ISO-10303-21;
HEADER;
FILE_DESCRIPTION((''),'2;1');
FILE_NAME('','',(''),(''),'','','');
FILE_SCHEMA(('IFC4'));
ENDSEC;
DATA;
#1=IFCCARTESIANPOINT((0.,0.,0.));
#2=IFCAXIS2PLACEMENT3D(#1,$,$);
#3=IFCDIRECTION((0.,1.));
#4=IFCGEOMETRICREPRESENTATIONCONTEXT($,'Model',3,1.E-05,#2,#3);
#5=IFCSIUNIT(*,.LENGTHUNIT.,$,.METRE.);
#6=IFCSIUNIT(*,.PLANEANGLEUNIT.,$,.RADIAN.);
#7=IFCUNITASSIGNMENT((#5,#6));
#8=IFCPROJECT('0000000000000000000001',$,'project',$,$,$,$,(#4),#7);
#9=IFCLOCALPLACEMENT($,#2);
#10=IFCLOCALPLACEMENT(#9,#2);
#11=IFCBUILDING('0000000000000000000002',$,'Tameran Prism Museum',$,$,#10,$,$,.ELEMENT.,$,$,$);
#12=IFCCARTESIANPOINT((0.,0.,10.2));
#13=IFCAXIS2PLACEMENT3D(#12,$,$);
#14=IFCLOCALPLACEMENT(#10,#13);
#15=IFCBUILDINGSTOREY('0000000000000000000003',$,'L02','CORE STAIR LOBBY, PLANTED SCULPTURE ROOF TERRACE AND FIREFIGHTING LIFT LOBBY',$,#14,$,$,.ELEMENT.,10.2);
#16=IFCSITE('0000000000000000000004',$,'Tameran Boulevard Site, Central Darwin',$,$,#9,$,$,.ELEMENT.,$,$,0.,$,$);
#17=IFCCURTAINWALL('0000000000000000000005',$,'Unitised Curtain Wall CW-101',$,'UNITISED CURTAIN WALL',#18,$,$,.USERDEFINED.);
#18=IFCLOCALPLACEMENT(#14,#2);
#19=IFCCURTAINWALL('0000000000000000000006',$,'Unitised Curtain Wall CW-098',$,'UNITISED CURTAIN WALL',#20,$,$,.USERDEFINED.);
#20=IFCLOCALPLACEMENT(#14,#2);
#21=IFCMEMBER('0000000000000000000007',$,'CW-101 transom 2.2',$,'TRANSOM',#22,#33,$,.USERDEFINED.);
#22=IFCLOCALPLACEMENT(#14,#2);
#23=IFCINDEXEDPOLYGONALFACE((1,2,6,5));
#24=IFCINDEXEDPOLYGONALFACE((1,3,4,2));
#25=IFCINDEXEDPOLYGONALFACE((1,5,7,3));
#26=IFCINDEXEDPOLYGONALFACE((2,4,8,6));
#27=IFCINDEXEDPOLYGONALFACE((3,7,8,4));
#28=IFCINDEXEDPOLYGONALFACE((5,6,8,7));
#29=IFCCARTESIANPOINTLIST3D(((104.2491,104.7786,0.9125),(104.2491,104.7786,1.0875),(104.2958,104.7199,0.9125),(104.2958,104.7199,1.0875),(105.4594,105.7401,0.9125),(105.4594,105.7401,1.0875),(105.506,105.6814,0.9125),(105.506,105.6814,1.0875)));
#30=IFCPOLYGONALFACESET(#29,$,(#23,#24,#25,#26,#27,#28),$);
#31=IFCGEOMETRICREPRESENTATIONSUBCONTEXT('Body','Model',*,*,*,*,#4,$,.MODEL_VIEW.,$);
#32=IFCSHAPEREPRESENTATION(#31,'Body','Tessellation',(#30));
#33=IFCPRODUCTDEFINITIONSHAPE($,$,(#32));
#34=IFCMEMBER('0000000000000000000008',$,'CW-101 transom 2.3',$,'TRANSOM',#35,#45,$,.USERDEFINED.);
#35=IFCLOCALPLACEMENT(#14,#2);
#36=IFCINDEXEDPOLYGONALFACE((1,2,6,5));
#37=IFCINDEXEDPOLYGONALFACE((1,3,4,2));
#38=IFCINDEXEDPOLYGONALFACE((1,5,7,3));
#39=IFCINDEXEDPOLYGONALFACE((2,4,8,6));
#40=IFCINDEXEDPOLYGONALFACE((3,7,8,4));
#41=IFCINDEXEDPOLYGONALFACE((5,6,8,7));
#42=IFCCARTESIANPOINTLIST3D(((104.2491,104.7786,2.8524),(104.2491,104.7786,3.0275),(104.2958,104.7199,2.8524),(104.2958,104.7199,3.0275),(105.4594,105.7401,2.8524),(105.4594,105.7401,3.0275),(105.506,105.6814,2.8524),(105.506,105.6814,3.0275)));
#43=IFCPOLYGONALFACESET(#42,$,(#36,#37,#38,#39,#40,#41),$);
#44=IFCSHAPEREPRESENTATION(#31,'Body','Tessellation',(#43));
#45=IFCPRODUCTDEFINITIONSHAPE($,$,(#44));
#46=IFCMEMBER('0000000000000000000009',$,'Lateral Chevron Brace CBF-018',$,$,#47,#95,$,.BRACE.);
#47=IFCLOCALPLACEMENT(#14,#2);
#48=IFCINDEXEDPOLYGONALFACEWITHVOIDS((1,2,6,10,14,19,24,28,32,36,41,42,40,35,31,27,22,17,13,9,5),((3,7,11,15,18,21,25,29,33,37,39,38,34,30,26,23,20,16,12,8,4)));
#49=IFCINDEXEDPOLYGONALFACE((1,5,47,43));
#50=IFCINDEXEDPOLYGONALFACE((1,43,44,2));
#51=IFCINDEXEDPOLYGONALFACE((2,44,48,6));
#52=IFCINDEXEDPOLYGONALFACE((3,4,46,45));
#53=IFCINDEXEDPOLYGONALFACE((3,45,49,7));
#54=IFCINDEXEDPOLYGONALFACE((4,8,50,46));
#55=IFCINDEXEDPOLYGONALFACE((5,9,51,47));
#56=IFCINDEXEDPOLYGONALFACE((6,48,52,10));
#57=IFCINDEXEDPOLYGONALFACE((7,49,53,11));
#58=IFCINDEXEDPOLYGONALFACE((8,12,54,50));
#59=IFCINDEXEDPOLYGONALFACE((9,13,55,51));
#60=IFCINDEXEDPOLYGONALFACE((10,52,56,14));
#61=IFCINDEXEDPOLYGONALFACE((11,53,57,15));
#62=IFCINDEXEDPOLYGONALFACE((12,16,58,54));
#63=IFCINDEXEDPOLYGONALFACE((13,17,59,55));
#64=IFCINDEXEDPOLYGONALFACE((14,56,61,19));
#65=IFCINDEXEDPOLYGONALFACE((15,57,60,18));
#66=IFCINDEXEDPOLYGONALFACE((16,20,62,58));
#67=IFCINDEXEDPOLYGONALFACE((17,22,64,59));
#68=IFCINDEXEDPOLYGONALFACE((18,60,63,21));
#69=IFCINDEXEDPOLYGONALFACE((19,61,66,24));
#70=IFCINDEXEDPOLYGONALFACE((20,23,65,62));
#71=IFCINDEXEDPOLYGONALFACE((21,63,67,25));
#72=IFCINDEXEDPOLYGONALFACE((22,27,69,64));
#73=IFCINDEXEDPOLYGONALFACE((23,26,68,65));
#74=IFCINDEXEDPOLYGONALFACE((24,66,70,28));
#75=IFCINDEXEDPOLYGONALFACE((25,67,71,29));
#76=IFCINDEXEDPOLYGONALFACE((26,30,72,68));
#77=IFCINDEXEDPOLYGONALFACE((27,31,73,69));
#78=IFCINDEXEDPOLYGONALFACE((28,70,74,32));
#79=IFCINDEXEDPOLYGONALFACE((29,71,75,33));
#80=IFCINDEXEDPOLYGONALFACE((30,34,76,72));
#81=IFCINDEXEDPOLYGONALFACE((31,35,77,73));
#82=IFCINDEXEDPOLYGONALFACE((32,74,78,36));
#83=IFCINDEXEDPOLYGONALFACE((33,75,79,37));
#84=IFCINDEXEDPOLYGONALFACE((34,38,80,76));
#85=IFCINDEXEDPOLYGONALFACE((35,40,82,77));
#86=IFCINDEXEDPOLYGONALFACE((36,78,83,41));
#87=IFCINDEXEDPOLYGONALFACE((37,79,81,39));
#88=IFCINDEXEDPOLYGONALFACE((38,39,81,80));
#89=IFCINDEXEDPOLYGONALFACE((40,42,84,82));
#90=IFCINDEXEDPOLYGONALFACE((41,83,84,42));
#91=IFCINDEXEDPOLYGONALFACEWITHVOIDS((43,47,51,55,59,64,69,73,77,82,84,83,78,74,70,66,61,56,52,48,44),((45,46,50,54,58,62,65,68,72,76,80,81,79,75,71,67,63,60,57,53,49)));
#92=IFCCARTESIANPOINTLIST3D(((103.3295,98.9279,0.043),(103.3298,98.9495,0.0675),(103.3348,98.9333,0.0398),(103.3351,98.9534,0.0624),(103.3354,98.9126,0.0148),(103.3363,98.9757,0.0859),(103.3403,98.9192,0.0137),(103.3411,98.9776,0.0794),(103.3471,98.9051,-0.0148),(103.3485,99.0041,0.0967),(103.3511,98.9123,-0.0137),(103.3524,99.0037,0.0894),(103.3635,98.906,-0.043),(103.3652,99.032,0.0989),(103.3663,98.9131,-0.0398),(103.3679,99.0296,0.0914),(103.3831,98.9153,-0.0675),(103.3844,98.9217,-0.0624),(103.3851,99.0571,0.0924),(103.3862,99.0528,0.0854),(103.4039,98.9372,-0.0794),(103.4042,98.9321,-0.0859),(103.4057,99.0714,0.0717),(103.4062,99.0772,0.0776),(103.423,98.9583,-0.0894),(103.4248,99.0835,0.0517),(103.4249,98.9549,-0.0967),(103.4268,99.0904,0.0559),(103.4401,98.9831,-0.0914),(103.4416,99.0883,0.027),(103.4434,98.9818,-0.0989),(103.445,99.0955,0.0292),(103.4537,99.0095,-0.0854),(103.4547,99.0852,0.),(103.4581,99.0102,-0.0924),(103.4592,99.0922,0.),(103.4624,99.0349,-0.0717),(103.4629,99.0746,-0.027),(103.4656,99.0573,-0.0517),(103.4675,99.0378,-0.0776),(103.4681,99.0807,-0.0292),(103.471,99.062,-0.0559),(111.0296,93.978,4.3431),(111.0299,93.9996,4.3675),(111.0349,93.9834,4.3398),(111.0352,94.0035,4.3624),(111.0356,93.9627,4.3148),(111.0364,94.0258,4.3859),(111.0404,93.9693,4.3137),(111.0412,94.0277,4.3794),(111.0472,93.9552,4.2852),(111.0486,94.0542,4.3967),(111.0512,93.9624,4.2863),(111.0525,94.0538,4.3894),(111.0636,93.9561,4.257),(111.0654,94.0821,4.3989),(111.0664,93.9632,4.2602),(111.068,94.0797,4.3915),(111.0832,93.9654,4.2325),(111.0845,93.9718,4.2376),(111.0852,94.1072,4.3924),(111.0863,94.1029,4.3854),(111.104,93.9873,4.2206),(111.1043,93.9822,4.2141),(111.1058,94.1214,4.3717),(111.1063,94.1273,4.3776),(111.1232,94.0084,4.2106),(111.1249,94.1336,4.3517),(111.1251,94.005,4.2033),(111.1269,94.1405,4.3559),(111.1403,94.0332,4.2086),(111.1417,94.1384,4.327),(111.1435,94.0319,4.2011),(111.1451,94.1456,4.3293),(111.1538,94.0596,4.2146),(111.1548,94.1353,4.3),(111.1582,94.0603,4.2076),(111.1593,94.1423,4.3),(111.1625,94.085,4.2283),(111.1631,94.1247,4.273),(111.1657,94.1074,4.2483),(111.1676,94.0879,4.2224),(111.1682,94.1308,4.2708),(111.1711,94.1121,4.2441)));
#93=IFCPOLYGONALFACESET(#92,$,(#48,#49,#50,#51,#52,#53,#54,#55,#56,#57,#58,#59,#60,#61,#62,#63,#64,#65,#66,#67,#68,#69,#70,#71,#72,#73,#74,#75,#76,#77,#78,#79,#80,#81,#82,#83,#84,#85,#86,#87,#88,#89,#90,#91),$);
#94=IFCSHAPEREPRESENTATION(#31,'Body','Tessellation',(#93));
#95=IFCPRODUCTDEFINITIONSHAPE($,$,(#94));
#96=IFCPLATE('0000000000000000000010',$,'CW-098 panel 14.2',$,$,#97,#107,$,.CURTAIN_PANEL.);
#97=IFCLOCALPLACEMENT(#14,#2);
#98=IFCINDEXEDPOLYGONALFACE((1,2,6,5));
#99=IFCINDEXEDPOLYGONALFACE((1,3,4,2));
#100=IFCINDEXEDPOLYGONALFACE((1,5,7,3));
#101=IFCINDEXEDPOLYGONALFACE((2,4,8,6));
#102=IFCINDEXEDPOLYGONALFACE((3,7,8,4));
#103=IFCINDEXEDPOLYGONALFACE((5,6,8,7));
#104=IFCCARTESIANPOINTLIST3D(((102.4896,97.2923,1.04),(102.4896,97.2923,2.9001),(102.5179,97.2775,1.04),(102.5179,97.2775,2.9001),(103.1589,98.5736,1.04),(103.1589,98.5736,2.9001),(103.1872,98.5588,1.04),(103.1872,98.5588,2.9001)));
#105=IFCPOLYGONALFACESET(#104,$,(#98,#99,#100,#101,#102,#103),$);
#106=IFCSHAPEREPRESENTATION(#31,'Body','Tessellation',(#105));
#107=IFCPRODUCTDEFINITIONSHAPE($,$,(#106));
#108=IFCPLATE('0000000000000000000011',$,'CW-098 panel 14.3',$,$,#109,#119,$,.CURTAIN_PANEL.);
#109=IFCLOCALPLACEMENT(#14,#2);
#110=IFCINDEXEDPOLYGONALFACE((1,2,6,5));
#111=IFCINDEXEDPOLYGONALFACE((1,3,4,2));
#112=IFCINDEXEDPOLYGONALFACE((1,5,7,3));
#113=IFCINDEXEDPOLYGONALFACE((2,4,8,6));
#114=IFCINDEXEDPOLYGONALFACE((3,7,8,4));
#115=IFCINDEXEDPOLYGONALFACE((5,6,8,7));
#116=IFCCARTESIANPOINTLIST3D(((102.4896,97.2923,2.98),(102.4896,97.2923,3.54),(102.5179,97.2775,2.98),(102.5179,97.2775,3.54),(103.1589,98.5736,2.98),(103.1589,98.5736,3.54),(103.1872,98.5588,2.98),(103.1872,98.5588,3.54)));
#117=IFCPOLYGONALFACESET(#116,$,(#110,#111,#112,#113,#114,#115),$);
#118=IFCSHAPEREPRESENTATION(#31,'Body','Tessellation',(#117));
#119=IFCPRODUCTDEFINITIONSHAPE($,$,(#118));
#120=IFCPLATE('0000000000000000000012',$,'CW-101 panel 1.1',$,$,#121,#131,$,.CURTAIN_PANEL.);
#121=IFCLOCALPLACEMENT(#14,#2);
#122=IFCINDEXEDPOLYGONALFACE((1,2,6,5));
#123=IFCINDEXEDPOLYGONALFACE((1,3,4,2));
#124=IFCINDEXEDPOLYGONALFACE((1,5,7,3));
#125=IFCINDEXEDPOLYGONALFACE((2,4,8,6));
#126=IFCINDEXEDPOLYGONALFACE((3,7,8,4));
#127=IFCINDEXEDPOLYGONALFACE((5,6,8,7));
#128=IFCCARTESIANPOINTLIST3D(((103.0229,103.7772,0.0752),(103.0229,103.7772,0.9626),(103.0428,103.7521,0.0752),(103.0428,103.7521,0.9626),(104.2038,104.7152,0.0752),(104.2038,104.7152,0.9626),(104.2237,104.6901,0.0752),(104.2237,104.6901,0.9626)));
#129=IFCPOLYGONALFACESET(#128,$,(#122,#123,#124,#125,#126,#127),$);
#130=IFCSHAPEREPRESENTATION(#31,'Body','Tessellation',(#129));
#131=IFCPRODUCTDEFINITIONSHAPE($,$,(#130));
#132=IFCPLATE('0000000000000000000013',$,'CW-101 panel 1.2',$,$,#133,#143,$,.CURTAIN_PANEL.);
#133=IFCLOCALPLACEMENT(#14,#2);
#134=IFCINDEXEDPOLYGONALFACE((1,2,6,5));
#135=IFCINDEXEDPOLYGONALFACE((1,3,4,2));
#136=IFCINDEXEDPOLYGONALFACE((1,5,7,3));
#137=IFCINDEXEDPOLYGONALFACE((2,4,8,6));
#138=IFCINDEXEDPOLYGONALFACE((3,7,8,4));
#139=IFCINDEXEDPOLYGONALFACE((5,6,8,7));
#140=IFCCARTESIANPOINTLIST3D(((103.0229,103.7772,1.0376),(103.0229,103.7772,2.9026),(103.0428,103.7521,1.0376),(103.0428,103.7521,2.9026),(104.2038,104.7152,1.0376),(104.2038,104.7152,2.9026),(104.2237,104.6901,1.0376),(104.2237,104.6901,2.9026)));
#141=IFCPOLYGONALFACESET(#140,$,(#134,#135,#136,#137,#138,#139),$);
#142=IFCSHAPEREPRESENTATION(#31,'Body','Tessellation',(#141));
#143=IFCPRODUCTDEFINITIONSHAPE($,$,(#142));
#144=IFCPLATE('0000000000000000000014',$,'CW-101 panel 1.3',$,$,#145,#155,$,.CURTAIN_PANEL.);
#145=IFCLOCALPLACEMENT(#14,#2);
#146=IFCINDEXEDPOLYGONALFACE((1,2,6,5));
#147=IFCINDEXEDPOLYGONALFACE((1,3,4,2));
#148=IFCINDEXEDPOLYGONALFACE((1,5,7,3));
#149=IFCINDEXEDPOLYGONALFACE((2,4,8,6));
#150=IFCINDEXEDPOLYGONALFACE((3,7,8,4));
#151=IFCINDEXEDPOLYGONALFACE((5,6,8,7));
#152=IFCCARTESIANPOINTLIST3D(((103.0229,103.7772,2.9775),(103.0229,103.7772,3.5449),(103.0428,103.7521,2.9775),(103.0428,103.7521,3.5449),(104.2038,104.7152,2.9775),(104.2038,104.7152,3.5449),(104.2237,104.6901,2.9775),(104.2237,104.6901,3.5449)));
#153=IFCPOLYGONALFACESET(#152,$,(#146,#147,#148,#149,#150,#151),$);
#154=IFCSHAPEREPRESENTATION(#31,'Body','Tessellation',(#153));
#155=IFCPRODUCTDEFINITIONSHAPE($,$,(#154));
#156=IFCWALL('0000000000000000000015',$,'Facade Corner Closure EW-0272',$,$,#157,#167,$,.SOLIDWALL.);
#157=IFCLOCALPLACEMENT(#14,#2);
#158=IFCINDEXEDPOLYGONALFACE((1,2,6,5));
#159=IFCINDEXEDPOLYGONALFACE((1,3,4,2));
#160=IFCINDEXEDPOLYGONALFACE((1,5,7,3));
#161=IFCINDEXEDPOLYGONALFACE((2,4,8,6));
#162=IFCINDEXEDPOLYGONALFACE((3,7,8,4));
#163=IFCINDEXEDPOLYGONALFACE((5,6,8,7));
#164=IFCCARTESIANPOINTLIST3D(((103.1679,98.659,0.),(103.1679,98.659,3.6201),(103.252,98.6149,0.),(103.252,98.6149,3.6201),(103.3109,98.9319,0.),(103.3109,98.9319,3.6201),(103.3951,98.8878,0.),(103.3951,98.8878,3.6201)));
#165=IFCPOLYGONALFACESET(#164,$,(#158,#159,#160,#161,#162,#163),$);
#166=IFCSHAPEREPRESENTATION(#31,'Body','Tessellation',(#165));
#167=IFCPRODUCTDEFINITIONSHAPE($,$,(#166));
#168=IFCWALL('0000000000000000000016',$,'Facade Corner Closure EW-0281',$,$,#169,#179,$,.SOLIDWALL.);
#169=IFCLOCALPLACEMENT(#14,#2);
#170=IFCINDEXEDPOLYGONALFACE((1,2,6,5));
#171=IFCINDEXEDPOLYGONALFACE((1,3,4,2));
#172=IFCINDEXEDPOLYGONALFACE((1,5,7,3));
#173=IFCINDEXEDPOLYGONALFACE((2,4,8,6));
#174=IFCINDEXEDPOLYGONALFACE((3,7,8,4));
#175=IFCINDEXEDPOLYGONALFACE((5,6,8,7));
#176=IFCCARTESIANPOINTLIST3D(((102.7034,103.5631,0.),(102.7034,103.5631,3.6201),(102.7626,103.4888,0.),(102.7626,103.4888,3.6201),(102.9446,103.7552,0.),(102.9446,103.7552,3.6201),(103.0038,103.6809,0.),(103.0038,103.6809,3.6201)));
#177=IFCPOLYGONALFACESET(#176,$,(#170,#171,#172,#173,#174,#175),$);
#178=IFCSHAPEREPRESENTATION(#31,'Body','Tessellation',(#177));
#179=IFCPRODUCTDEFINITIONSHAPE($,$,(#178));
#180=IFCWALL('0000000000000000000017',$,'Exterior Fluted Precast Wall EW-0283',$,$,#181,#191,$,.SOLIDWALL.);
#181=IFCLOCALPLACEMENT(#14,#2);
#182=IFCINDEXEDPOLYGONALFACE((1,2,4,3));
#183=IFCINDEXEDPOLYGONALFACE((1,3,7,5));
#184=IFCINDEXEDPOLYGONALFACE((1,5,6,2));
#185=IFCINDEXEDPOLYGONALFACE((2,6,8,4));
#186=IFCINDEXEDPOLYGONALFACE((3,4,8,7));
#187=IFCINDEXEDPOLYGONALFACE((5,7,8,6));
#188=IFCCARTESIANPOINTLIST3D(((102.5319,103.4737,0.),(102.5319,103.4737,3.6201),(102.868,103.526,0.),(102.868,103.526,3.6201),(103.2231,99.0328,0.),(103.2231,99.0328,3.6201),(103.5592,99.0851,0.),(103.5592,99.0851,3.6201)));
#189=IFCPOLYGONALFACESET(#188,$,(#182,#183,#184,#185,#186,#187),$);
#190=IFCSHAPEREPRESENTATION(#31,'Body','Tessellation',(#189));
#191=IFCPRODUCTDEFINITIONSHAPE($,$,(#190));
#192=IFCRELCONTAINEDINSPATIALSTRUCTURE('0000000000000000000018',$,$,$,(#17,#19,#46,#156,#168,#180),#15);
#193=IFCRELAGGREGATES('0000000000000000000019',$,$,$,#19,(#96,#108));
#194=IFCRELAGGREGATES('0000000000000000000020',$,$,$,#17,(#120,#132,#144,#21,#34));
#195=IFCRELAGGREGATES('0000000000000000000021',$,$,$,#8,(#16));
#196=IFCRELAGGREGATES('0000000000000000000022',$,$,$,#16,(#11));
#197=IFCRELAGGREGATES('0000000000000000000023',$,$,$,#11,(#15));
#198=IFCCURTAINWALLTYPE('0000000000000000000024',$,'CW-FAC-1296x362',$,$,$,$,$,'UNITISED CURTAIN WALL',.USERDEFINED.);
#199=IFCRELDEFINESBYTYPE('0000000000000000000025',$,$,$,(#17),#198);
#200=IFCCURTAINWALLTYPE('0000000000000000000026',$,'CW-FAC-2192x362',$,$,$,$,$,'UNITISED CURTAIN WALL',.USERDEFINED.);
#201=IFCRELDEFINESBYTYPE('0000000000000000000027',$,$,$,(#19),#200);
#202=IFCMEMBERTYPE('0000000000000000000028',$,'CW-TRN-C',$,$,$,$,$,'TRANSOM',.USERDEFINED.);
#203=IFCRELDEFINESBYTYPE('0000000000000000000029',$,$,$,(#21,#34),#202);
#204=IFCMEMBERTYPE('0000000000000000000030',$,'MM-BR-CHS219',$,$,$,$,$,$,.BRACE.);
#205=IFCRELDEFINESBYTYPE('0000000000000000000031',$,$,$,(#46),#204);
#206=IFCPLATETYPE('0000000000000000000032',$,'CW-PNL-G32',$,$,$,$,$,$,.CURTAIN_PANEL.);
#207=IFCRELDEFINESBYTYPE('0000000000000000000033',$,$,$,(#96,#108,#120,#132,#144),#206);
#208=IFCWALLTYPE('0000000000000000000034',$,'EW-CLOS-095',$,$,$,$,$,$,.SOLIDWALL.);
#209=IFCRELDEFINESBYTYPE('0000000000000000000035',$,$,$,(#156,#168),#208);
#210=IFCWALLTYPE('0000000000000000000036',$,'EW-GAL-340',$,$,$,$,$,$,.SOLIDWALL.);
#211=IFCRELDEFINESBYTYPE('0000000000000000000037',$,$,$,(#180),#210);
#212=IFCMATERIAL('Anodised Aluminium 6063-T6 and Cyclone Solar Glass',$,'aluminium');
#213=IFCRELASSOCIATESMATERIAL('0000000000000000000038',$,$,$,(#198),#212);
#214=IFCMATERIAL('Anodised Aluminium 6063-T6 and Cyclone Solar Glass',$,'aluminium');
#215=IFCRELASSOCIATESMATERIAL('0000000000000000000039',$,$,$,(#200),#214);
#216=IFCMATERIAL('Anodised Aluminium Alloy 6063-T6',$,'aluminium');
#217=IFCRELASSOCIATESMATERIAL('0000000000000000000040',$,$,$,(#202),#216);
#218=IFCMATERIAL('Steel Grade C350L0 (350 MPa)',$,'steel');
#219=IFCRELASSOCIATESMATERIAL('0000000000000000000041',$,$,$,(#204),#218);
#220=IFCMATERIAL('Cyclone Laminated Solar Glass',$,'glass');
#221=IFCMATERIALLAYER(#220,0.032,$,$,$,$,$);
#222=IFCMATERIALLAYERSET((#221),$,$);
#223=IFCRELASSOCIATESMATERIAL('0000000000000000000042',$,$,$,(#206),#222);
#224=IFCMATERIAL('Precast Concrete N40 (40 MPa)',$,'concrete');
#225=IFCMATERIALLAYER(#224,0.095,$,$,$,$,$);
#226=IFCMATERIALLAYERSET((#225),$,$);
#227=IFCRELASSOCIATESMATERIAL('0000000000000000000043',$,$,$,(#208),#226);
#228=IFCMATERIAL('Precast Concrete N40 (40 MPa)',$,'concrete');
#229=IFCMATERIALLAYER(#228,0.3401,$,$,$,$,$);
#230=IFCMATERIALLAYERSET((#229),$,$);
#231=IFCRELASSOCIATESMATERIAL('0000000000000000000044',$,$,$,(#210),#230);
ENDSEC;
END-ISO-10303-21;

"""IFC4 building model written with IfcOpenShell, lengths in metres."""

from ifc_helpers import new_model, si_unit, direction, frame, frame_2d, origin, origin_2d, place, context, subcontext, project, spatial, rectangle, hollow_circle, extrude, material, layer, layer_set, material_profile, profile_set, type_object, element, aggregate, save


model = new_model("IFC4")

# Units and contexts
model_context = context("Model", 3, precision=1e-05, world=origin(), true_north=direction((0.0, 1.0)))
body_context = subcontext(model_context, "Body", "Model", "MODEL_VIEW")
ifc_project = project(units=[si_unit("LENGTHUNIT", "METRE"), si_unit("PLANEANGLEUNIT", "RADIAN")], contexts=[model_context])

# Site, building, storey
site_placement = place(None, origin())
site = spatial("IfcSite", under=ifc_project, at=site_placement, Name="Tameran Boulevard Site, Central Darwin", CompositionType="ELEMENT", RefElevation=0.0)
building_placement = place(site_placement, origin())
building = spatial("IfcBuilding", under=site, at=building_placement, Name="Tameran Prism Museum", CompositionType="ELEMENT")
storey_placement = place(building_placement, frame((0.0, 0.0, 10.2)))
storey = spatial("IfcBuildingStorey", under=building, at=storey_placement, Name="L02", Description="CORE STAIR LOBBY, PLANTED SCULPTURE ROOF TERRACE AND FIREFIGHTING LIFT LOBBY", CompositionType="ELEMENT", Elevation=10.2)

# Curtain wall
ifc_material_1 = material(Name="Anodised Aluminium 6063-T6 and Cyclone Solar Glass", Category="aluminium")
curtain_wall_type_1 = type_object("IfcCurtainWallType", Name="CW-FAC-1296x362", ElementType="UNITISED CURTAIN WALL", PredefinedType="USERDEFINED", material=ifc_material_1)
curtain_wall_1_placement = place(storey_placement, origin())
curtain_wall_1 = element("IfcCurtainWall", 1, at=curtain_wall_1_placement, inside=storey, type_object=curtain_wall_type_1, Name="Unitised Curtain Wall CW-101", ObjectType="UNITISED CURTAIN WALL", PredefinedType="USERDEFINED")

# Curtain wall
ifc_material_2 = material(Name="Anodised Aluminium 6063-T6 and Cyclone Solar Glass", Category="aluminium")
curtain_wall_type_2 = type_object("IfcCurtainWallType", Name="CW-FAC-2192x362", ElementType="UNITISED CURTAIN WALL", PredefinedType="USERDEFINED", material=ifc_material_2)
curtain_wall_2_placement = place(storey_placement, origin())
curtain_wall_2 = element("IfcCurtainWall", 2, at=curtain_wall_2_placement, inside=storey, type_object=curtain_wall_type_2, Name="Unitised Curtain Wall CW-098", ObjectType="UNITISED CURTAIN WALL", PredefinedType="USERDEFINED")

# Members
ifc_material_3 = material(Name="Anodised Aluminium Alloy 6063-T6", Category="aluminium")
ifc_material_profile_1 = material_profile(ifc_material_3, rectangle(XDim=0.075, YDim=0.175, at=origin_2d()))
ifc_profile_set_1 = profile_set([ifc_material_profile_1])
member_type_1 = type_object("IfcMemberType", Name="CW-TRN-C", ElementType="TRANSOM", PredefinedType="USERDEFINED", material=ifc_profile_set_1)
member_1_placement = place(storey_placement, frame((104.2725, 104.7493, 1.0), z_axis=(0.782991, 0.622033, 0.0), x_axis=(-0.622033, 0.782991, 0.0)))
member_1 = element("IfcMember", 3, at=member_1_placement, type_object=member_type_1, Name="CW-101 transom 2.2", ObjectType="TRANSOM", PredefinedType="USERDEFINED", context=body_context, shape_type="SweptSolid", body=[
    extrude(rectangle(XDim=0.075, YDim=0.175, at=origin_2d()), origin(), (0.0, 0.0, 1.0), 1.5457),
])
member_2_placement = place(storey_placement, frame((104.2725, 104.7493, 2.9399), z_axis=(0.782991, 0.622033, 0.0), x_axis=(-0.622033, 0.782991, 0.0)))
member_2 = element("IfcMember", 4, at=member_2_placement, type_object=member_type_1, Name="CW-101 transom 2.3", ObjectType="TRANSOM", PredefinedType="USERDEFINED", context=body_context, shape_type="SweptSolid", body=[
    extrude(rectangle(XDim=0.075, YDim=0.175, at=origin_2d()), origin(), (0.0, 0.0, 1.0), 1.5457),
])
ifc_material_4 = material(Name="Steel Grade C350L0 (350 MPa)", Category="steel")
ifc_material_profile_2 = material_profile(ifc_material_4, hollow_circle(Radius=0.1096, WallThickness=0.0083, at=origin_2d()))
ifc_profile_set_2 = profile_set([ifc_material_profile_2])
member_type_2 = type_object("IfcMemberType", Name="MM-BR-CHS219", PredefinedType="BRACE", material=ifc_profile_set_2)
member_3_placement = place(storey_placement, frame((103.3999, 99.0, 0.0), z_axis=(0.761368, -0.489434, 0.425174), x_axis=(0.540744, 0.841187, 0.0)))
element("IfcMember", 5, at=member_3_placement, inside=storey, type_object=member_type_2, Name="Lateral Chevron Brace CBF-018", PredefinedType="BRACE", context=body_context, shape_type="SweptSolid", body=[
    extrude(hollow_circle(Radius=0.1096, WallThickness=0.0083, at=origin_2d()), origin(), (0.0, 0.0, 1.0), 10.1135),
])

# Plates
ifc_material_5 = material(Name="Cyclone Laminated Solar Glass", Category="glass")
ifc_layer_1 = layer(ifc_material_5, 0.032)
ifc_layer_set_1 = layer_set([ifc_layer_1])
plate_type = type_object("IfcPlateType", Name="CW-PNL-G32", PredefinedType="CURTAIN_PANEL", material=ifc_layer_set_1)
plate_1_placement = place(storey_placement, frame((102.8384, 97.9255, 1.04), z_axis=(0.0, 0.0, 1.0), x_axis=(0.463003, 0.886357, 0.0)))
plate_1 = element("IfcPlate", 6, at=plate_1_placement, type_object=plate_type, Name="CW-098 panel 14.2", PredefinedType="CURTAIN_PANEL", context=body_context, shape_type="SweptSolid", body=[
    extrude(rectangle(XDim=1.4456, YDim=0.032, at=origin_2d()), origin(), (0.0, 0.0, 1.0), 1.8601),
])
plate_2_placement = place(storey_placement, frame((102.8384, 97.9255, 2.98), z_axis=(0.0, 0.0, 1.0), x_axis=(0.463003, 0.886357, 0.0)))
plate_2 = element("IfcPlate", 7, at=plate_2_placement, type_object=plate_type, Name="CW-098 panel 14.3", PredefinedType="CURTAIN_PANEL", context=body_context, shape_type="SweptSolid", body=[
    extrude(rectangle(XDim=1.4456, YDim=0.032, at=origin_2d()), origin(), (0.0, 0.0, 1.0), 0.5601),
])
aggregate(curtain_wall_2, [plate_1, plate_2])
plate_3_placement = place(storey_placement, frame((103.6233, 104.2336, 0.0752), z_axis=(0.0, 0.0, 1.0), x_axis=(0.783031, 0.621982, 0.0)))
plate_3 = element("IfcPlate", 8, at=plate_3_placement, type_object=plate_type, Name="CW-101 panel 1.1", PredefinedType="CURTAIN_PANEL", context=body_context, shape_type="SweptSolid", body=[
    extrude(rectangle(XDim=1.5081, YDim=0.032, at=origin_2d()), origin(), (0.0, 0.0, 1.0), 0.8875),
])
plate_4_placement = place(storey_placement, frame((103.6233, 104.2336, 1.0376), z_axis=(0.0, 0.0, 1.0), x_axis=(0.783031, 0.621982, 0.0)))
plate_4 = element("IfcPlate", 9, at=plate_4_placement, type_object=plate_type, Name="CW-101 panel 1.2", PredefinedType="CURTAIN_PANEL", context=body_context, shape_type="SweptSolid", body=[
    extrude(rectangle(XDim=1.5081, YDim=0.032, at=origin_2d()), origin(), (0.0, 0.0, 1.0), 1.865),
])
plate_5_placement = place(storey_placement, frame((103.6233, 104.2336, 2.9775), z_axis=(0.0, 0.0, 1.0), x_axis=(0.783031, 0.621982, 0.0)))
plate_5 = element("IfcPlate", 10, at=plate_5_placement, type_object=plate_type, Name="CW-101 panel 1.3", PredefinedType="CURTAIN_PANEL", context=body_context, shape_type="SweptSolid", body=[
    extrude(rectangle(XDim=1.5081, YDim=0.032, at=origin_2d()), origin(), (0.0, 0.0, 1.0), 0.5674),
])
aggregate(curtain_wall_1, [plate_3, plate_4, plate_5, member_1, member_2])

# Walls
ifc_material_6 = material(Name="Precast Concrete N40 (40 MPa)", Category="concrete")
ifc_layer_2 = layer(ifc_material_6, 0.095)
ifc_layer_set_2 = layer_set([ifc_layer_2])
wall_type_1 = type_object("IfcWallType", Name="EW-CLOS-095", PredefinedType="SOLIDWALL", material=ifc_layer_set_2)
wall_1_placement = place(storey_placement, frame((103.21, 98.637, 0.0), z_axis=(0.0, 0.0, 1.0), x_axis=(0.464244, 0.885707, 0.0)))
element("IfcWall", 11, at=wall_1_placement, inside=storey, type_object=wall_type_1, Name="Facade Corner Closure EW-0272", PredefinedType="SOLIDWALL", context=body_context, shape_type="SweptSolid", body=[
    extrude(rectangle(XDim=0.3081, YDim=0.095, at=frame_2d((0.1541, 0.0))), origin(), (0.0, 0.0, 1.0), 3.6201),
])
wall_2_placement = place(storey_placement, frame((102.7329, 103.5259, 0.0), z_axis=(0.0, 0.0, 1.0), x_axis=(0.78218, 0.623052, 0.0)))
element("IfcWall", 12, at=wall_2_placement, inside=storey, type_object=wall_type_1, Name="Facade Corner Closure EW-0281", PredefinedType="SOLIDWALL", context=body_context, shape_type="SweptSolid", body=[
    extrude(rectangle(XDim=0.3083, YDim=0.095, at=frame_2d((0.1543, 0.0))), origin(), (0.0, 0.0, 1.0), 3.6201),
])
ifc_material_7 = material(Name="Precast Concrete N40 (40 MPa)", Category="concrete")
ifc_layer_3 = layer(ifc_material_7, 0.3401)
ifc_layer_set_3 = layer_set([ifc_layer_3])
wall_type_2 = type_object("IfcWallType", Name="EW-GAL-340", PredefinedType="SOLIDWALL", material=ifc_layer_set_3)
wall_3_placement = place(storey_placement, frame((103.3911, 99.0591, 0.0), z_axis=(0.0, 0.0, 1.0), x_axis=(-0.153784, 0.988105, 0.0)))
element("IfcWall", 13, at=wall_3_placement, inside=storey, type_object=wall_type_2, Name="Exterior Fluted Precast Wall EW-0283", PredefinedType="SOLIDWALL", context=body_context, shape_type="SweptSolid", body=[
    extrude(rectangle(XDim=4.4944, YDim=0.3401, at=frame_2d((2.2471, 0.0))), origin(), (0.0, 0.0, 1.0), 3.6201),
])

save(model, "model.ifc")
